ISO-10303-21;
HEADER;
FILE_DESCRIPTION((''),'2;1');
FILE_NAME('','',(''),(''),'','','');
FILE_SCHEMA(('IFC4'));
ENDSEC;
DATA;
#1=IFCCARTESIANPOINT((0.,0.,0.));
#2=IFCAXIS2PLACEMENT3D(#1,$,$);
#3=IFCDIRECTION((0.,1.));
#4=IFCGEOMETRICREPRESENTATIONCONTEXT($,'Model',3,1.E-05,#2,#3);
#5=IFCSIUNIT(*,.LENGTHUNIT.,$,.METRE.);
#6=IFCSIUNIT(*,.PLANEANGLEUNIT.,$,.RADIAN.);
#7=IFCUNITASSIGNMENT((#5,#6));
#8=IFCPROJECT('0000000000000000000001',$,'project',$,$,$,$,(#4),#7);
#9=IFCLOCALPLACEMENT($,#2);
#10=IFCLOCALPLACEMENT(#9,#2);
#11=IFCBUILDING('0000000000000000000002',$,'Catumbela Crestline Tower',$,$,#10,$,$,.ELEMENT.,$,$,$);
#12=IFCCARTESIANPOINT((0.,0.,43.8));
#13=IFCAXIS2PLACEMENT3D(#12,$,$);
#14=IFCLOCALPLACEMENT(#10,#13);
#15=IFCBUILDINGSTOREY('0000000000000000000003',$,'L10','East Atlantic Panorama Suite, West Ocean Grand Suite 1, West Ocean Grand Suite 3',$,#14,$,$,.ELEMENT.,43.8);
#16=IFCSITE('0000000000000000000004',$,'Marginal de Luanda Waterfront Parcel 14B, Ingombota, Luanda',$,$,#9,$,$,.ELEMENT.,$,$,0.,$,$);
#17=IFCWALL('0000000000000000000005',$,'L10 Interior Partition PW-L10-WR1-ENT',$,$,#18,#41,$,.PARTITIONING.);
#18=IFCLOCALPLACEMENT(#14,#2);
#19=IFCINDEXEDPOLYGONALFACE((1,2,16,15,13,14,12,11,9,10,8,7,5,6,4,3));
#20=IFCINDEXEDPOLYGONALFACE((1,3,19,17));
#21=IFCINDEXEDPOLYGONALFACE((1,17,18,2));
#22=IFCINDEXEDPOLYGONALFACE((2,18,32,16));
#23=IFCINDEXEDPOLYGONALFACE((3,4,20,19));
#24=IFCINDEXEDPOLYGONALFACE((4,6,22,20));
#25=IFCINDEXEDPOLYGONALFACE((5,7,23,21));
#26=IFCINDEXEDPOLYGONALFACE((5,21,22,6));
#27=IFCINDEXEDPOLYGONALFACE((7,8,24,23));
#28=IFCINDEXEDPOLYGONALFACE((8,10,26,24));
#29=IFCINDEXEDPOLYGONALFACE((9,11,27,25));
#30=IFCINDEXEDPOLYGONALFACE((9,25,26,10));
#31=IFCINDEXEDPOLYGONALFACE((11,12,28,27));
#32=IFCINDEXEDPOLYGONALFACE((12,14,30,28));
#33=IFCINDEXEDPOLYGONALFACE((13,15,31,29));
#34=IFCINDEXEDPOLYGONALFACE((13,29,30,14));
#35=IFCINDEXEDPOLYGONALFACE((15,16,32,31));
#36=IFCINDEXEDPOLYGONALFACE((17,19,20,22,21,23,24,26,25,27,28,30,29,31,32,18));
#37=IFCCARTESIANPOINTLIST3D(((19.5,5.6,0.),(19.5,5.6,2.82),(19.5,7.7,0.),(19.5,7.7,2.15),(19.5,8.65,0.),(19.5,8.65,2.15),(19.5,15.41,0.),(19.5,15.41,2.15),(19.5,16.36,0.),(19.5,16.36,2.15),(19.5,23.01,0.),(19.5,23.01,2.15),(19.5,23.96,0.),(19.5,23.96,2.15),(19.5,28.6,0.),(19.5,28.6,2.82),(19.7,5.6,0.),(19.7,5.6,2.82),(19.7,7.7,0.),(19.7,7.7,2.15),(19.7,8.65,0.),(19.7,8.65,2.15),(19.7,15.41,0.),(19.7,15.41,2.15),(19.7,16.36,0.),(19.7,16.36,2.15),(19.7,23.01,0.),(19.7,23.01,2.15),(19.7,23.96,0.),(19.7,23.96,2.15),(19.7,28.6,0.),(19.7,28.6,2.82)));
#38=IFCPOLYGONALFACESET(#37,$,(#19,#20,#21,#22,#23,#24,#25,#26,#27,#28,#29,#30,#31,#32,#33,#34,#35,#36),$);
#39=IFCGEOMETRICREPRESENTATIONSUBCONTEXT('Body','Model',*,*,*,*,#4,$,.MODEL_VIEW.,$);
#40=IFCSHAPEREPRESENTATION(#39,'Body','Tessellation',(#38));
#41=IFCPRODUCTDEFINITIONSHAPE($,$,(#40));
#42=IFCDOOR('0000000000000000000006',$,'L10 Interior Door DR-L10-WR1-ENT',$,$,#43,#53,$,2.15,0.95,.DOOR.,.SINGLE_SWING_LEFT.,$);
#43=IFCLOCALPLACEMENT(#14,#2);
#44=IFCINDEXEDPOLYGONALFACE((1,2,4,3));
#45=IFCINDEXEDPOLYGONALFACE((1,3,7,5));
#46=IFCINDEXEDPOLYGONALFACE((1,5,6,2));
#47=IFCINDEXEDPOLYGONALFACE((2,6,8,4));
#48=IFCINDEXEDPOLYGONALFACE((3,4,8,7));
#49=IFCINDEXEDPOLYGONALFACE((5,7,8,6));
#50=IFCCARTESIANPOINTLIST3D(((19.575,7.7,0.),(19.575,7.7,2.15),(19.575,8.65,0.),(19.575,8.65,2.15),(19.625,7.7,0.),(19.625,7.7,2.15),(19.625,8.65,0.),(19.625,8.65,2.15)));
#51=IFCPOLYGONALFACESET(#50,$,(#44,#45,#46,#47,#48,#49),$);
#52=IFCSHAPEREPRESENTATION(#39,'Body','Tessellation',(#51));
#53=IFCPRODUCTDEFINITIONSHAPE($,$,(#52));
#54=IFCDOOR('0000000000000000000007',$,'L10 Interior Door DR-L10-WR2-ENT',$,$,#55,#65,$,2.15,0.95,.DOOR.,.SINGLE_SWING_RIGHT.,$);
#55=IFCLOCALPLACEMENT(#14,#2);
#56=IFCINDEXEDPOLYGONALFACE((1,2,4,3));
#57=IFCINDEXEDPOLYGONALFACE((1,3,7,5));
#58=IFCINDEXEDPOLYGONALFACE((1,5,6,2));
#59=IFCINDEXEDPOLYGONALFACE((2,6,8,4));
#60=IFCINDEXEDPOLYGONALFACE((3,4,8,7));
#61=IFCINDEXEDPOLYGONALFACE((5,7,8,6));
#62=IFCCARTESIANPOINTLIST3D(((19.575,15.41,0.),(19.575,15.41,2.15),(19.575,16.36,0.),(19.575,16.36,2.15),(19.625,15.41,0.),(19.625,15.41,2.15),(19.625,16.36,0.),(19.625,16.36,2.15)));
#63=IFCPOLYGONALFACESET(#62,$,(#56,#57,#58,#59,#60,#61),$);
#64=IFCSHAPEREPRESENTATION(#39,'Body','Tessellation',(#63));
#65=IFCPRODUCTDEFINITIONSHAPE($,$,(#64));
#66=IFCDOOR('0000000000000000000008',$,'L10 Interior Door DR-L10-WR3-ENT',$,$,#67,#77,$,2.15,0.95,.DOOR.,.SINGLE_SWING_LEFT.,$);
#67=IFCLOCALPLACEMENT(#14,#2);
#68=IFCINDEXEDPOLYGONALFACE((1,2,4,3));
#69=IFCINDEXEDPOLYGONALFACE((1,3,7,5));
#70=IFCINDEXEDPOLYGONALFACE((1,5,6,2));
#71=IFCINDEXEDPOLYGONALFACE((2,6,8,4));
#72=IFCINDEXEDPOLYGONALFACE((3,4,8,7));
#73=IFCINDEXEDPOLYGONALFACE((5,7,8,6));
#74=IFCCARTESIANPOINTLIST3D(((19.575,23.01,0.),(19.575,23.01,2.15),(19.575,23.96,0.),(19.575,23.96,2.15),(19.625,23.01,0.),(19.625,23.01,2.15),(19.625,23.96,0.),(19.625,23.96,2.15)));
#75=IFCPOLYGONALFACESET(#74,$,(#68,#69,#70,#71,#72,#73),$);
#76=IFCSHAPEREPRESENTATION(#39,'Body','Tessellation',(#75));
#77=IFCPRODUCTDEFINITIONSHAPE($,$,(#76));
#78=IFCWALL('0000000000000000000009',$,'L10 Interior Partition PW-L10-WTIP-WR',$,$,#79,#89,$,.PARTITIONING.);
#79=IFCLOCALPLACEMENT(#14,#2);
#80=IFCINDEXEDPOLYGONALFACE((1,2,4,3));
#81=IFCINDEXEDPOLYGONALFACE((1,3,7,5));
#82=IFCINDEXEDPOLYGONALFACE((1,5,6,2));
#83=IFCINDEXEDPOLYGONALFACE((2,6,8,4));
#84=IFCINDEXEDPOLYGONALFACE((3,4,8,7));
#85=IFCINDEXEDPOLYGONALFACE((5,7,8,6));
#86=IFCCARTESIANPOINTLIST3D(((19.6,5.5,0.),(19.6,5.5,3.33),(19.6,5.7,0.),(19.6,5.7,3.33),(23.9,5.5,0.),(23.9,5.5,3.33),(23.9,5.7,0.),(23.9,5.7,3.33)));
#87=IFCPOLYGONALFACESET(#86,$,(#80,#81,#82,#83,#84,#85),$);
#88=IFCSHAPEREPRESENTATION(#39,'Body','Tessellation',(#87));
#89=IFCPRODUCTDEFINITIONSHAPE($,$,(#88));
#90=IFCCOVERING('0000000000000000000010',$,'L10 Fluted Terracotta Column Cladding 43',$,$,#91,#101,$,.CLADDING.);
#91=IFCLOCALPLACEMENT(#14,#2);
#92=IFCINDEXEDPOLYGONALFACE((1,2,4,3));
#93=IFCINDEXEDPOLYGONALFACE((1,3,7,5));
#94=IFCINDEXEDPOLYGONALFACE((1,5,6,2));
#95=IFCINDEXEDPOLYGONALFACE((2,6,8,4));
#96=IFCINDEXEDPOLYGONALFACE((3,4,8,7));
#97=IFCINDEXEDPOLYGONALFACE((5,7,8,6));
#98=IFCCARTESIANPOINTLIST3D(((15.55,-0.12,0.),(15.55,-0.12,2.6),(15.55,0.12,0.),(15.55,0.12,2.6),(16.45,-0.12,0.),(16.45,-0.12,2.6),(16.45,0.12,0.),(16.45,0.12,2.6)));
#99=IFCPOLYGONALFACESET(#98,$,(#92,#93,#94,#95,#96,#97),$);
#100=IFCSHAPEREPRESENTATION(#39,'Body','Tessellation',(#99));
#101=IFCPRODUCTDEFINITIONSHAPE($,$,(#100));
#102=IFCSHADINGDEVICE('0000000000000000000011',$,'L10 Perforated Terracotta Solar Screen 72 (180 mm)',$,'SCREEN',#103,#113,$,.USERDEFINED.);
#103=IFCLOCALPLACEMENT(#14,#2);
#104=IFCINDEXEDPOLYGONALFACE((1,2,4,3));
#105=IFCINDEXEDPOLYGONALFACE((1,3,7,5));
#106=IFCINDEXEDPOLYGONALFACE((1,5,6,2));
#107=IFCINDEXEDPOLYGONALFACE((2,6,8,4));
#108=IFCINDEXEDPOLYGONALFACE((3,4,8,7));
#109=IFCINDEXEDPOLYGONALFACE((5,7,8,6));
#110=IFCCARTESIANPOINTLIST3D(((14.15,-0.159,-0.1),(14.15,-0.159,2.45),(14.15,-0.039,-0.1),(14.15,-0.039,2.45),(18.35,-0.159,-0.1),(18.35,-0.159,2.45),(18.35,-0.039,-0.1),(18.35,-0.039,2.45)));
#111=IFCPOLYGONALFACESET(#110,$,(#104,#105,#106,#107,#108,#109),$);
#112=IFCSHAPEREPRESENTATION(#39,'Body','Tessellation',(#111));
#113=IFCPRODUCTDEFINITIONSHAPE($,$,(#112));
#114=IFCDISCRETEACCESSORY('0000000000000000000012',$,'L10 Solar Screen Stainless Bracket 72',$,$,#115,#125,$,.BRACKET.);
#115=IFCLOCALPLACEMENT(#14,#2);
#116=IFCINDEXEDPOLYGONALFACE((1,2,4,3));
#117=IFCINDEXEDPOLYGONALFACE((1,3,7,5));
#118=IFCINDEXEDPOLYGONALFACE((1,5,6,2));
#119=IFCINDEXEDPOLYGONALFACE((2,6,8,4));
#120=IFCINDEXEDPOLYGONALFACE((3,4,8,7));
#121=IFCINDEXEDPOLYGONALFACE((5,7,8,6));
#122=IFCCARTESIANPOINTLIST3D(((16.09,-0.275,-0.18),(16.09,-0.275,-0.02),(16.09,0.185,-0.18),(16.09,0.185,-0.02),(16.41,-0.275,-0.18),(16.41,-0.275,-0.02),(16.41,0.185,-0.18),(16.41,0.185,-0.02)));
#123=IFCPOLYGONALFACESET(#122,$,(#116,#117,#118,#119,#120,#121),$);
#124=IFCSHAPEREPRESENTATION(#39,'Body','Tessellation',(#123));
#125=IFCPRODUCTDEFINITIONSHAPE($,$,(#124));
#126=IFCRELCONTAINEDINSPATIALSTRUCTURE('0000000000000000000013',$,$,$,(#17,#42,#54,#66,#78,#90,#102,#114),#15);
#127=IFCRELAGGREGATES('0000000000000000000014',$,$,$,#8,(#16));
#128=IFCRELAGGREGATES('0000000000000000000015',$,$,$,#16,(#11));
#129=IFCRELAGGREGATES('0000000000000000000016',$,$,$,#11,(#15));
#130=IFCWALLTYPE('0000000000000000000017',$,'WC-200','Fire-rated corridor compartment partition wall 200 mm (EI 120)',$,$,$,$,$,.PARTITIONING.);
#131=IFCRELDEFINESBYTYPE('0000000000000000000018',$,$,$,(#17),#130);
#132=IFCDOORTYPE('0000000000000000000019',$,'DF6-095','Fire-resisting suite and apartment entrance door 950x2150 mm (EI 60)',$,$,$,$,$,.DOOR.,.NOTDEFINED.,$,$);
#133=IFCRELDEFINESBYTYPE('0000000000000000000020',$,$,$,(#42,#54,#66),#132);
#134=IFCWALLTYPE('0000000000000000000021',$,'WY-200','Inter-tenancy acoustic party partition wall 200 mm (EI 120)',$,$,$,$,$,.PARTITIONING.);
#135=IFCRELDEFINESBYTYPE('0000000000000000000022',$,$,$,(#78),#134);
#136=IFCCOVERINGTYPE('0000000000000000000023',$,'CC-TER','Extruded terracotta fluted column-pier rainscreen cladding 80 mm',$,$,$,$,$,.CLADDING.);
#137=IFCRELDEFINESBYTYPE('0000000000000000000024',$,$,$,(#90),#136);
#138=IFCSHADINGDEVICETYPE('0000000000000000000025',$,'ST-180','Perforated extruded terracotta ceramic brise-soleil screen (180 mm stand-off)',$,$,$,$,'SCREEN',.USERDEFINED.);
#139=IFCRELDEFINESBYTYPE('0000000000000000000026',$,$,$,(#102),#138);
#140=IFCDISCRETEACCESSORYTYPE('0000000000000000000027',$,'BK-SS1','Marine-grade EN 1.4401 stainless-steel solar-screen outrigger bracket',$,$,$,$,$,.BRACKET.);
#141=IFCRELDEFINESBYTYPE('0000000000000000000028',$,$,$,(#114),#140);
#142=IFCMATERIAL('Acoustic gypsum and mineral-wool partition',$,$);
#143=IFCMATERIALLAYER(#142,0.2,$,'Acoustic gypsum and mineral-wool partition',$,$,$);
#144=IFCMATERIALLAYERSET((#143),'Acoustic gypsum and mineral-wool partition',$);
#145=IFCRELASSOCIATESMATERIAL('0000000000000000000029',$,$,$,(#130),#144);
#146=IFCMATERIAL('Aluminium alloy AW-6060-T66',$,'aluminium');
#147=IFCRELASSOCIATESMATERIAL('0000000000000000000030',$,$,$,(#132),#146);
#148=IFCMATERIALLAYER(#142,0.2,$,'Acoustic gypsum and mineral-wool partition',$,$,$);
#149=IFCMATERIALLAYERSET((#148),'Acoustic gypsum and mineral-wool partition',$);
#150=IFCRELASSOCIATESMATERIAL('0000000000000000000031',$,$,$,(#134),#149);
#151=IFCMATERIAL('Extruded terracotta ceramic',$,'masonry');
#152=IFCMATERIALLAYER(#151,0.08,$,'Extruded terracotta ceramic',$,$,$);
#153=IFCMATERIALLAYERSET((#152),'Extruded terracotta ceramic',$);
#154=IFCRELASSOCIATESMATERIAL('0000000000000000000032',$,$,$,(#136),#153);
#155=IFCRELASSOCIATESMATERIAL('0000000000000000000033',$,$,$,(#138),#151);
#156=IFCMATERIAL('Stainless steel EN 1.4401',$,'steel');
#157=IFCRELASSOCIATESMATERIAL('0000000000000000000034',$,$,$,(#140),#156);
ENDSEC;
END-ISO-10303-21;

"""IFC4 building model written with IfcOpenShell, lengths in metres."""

from ifc_helpers import new_model, si_unit, direction, frame, frame_2d, origin, origin_2d, place, context, subcontext, project, spatial, rectangle, extrude, material, layer, layer_set, type_object, element, fill, save


model = new_model("IFC4")

# Units and contexts
model_context = context("Model", 3, precision=1e-05, world=origin(), true_north=direction((0.0, 1.0)))
body_context = subcontext(model_context, "Body", "Model", "MODEL_VIEW")
ifc_project = project(units=[si_unit("LENGTHUNIT", "METRE"), si_unit("PLANEANGLEUNIT", "RADIAN")], contexts=[model_context])

# Site, building, storey
site_placement = place(None, origin())
site = spatial("IfcSite", under=ifc_project, at=site_placement, Name="Marginal de Luanda Waterfront Parcel 14B, Ingombota, Luanda", CompositionType="ELEMENT", RefElevation=0.0)
building_placement = place(site_placement, origin())
building = spatial("IfcBuilding", under=site, at=building_placement, Name="Catumbela Crestline Tower", CompositionType="ELEMENT")
storey_placement = place(building_placement, frame((0.0, 0.0, 43.8)))
storey = spatial("IfcBuildingStorey", under=building, at=storey_placement, Name="L10", Description="East Atlantic Panorama Suite, West Ocean Grand Suite 1, West Ocean Grand Suite 3", CompositionType="ELEMENT", Elevation=43.8)

# Shared definitions
ifc_material_1 = material(Name="Aluminium alloy AW-6060-T66", Category="aluminium")

# Shared definitions
ifc_material_2 = material(Name="Acoustic gypsum and mineral-wool partition")
ifc_layer_1 = layer(ifc_material_2, 0.2, Name="Acoustic gypsum and mineral-wool partition")
ifc_layer_set_1 = layer_set([ifc_layer_1], Name="Acoustic gypsum and mineral-wool partition")
wall_type_1 = type_object("IfcWallType", Name="WC-200", Description="Fire-rated corridor compartment partition wall 200 mm (EI 120)", PredefinedType="PARTITIONING", material=ifc_layer_set_1)
door_type = type_object("IfcDoorType", Name="DF6-095", Description="Fire-resisting suite and apartment entrance door 950x2150 mm (EI 60)", OperationType="NOTDEFINED", PredefinedType="DOOR", material=ifc_material_1)

# Wall, openings, doors
wall_1_placement = place(storey_placement, frame((19.6, 5.6, 0.0), z_axis=(0.0, 0.0, 1.0), x_axis=(0.0, 1.0, 0.0)))
wall_1 = element("IfcWall", 1, at=wall_1_placement, inside=storey, type_object=wall_type_1, Name="L10 Interior Partition PW-L10-WR1-ENT", PredefinedType="PARTITIONING", context=body_context, shape_type="SweptSolid", body=[
    extrude(rectangle(XDim=23.0, YDim=0.2, at=frame_2d((11.5, 0.0))), origin(), (0.0, 0.0, 1.0), 2.82),
])
opening_1_placement = place(wall_1_placement, frame((2.1, 0.0, 0.0)))
opening_1 = element("IfcOpeningElement", 2, at=opening_1_placement, cuts=wall_1, PredefinedType="OPENING", context=body_context, shape_type="SweptSolid", body=[
    extrude(rectangle(XDim=0.95, YDim=2.15, at=frame_2d((0.475, 1.075))), frame((0.0, 0.11, 0.0), z_axis=(0.0, -1.0, 0.0), x_axis=(1.0, 0.0, 0.0)), (0.0, 0.0, 1.0), 0.22),
])
opening_2_placement = place(wall_1_placement, frame((9.81, 0.0, 0.0)))
opening_2 = element("IfcOpeningElement", 3, at=opening_2_placement, cuts=wall_1, PredefinedType="OPENING", context=body_context, shape_type="SweptSolid", body=[
    extrude(rectangle(XDim=0.95, YDim=2.15, at=frame_2d((0.475, 1.075))), frame((0.0, 0.11, 0.0), z_axis=(0.0, -1.0, 0.0), x_axis=(1.0, 0.0, 0.0)), (0.0, 0.0, 1.0), 0.22),
])
opening_3_placement = place(wall_1_placement, frame((17.41, 0.0, 0.0)))
opening_3 = element("IfcOpeningElement", 4, at=opening_3_placement, cuts=wall_1, PredefinedType="OPENING", context=body_context, shape_type="SweptSolid", body=[
    extrude(rectangle(XDim=0.95, YDim=2.15, at=frame_2d((0.475, 1.075))), frame((0.0, 0.11, 0.0), z_axis=(0.0, -1.0, 0.0), x_axis=(1.0, 0.0, 0.0)), (0.0, 0.0, 1.0), 0.22),
])
door_1_placement = place(opening_1_placement, origin())
door_1 = element("IfcDoor", 5, at=door_1_placement, inside=storey, type_object=door_type, Name="L10 Interior Door DR-L10-WR1-ENT", OperationType="SINGLE_SWING_LEFT", OverallHeight=2.15, OverallWidth=0.95, PredefinedType="DOOR", context=body_context, shape_type="SweptSolid", body=[
    extrude(rectangle(XDim=0.95, YDim=2.15, at=frame_2d((0.475, 1.075))), frame((0.0, 0.025, 0.0), z_axis=(0.0, -1.0, 0.0), x_axis=(1.0, 0.0, 0.0)), (0.0, 0.0, 1.0), 0.05),
])
fill(opening_1, door_1)
door_2_placement = place(opening_2_placement, origin())
door_2 = element("IfcDoor", 6, at=door_2_placement, inside=storey, type_object=door_type, Name="L10 Interior Door DR-L10-WR2-ENT", OperationType="SINGLE_SWING_RIGHT", OverallHeight=2.15, OverallWidth=0.95, PredefinedType="DOOR", context=body_context, shape_type="SweptSolid", body=[
    extrude(rectangle(XDim=0.95, YDim=2.15, at=frame_2d((0.475, 1.075))), frame((0.0, 0.025, 0.0), z_axis=(0.0, -1.0, 0.0), x_axis=(1.0, 0.0, 0.0)), (0.0, 0.0, 1.0), 0.05),
])
fill(opening_2, door_2)
door_3_placement = place(opening_3_placement, origin())
door_3 = element("IfcDoor", 7, at=door_3_placement, inside=storey, type_object=door_type, Name="L10 Interior Door DR-L10-WR3-ENT", OperationType="SINGLE_SWING_LEFT", OverallHeight=2.15, OverallWidth=0.95, PredefinedType="DOOR", context=body_context, shape_type="SweptSolid", body=[
    extrude(rectangle(XDim=0.95, YDim=2.15, at=frame_2d((0.475, 1.075))), frame((0.0, 0.025, 0.0), z_axis=(0.0, -1.0, 0.0), x_axis=(1.0, 0.0, 0.0)), (0.0, 0.0, 1.0), 0.05),
])
fill(opening_3, door_3)

# Wall
ifc_layer_2 = layer(ifc_material_2, 0.2, Name="Acoustic gypsum and mineral-wool partition")
ifc_layer_set_2 = layer_set([ifc_layer_2], Name="Acoustic gypsum and mineral-wool partition")
wall_type_2 = type_object("IfcWallType", Name="WY-200", Description="Inter-tenancy acoustic party partition wall 200 mm (EI 120)", PredefinedType="PARTITIONING", material=ifc_layer_set_2)
wall_2_placement = place(storey_placement, frame((19.6, 5.6, 0.0), z_axis=(0.0, 0.0, 1.0), x_axis=(1.0, 0.0, 0.0)))
element("IfcWall", 8, at=wall_2_placement, inside=storey, type_object=wall_type_2, Name="L10 Interior Partition PW-L10-WTIP-WR", PredefinedType="PARTITIONING", context=body_context, shape_type="SweptSolid", body=[
    extrude(rectangle(XDim=4.3, YDim=0.2, at=frame_2d((2.15, 0.0))), origin(), (0.0, 0.0, 1.0), 3.33),
])

# Covering
ifc_material_3 = material(Name="Extruded terracotta ceramic", Category="masonry")
ifc_layer_3 = layer(ifc_material_3, 0.08, Name="Extruded terracotta ceramic")
ifc_layer_set_3 = layer_set([ifc_layer_3], Name="Extruded terracotta ceramic")
covering_type = type_object("IfcCoveringType", Name="CC-TER", Description="Extruded terracotta fluted column-pier rainscreen cladding 80 mm", PredefinedType="CLADDING", material=ifc_layer_set_3)
covering_placement = place(storey_placement, frame((16.0, 0.0, 0.0), z_axis=(0.0, 0.0, 1.0), x_axis=(1.0, 0.0, 0.0)))
element("IfcCovering", 9, at=covering_placement, inside=storey, type_object=covering_type, Name="L10 Fluted Terracotta Column Cladding 43", PredefinedType="CLADDING", context=body_context, shape_type="SweptSolid", body=[
    extrude(rectangle(XDim=0.9, YDim=0.24, at=origin_2d()), origin(), (0.0, 0.0, 1.0), 2.6),
])

# Shading device
shading_device_type = type_object("IfcShadingDeviceType", Name="ST-180", Description="Perforated extruded terracotta ceramic brise-soleil screen (180 mm stand-off)", ElementType="SCREEN", PredefinedType="USERDEFINED", material=ifc_material_3)
shading_device_placement = place(storey_placement, frame((16.25, -0.099, -0.1), z_axis=(0.0, 0.0, 1.0), x_axis=(1.0, 0.0, 0.0)))
element("IfcShadingDevice", 10, at=shading_device_placement, inside=storey, type_object=shading_device_type, Name="L10 Perforated Terracotta Solar Screen 72 (180 mm)", ObjectType="SCREEN", PredefinedType="USERDEFINED", context=body_context, shape_type="SweptSolid", body=[
    extrude(rectangle(XDim=4.2, YDim=0.12, at=origin_2d()), origin(), (0.0, 0.0, 1.0), 2.55),
])

# Discrete accessory
ifc_material_4 = material(Name="Stainless steel EN 1.4401", Category="steel")
discrete_accessory_type = type_object("IfcDiscreteAccessoryType", Name="BK-SS1", Description="Marine-grade EN 1.4401 stainless-steel solar-screen outrigger bracket", PredefinedType="BRACKET", material=ifc_material_4)
discrete_accessory_placement = place(storey_placement, frame((16.25, -0.045, -0.18), z_axis=(0.0, 0.0, 1.0), x_axis=(1.0, 0.0, 0.0)))
element("IfcDiscreteAccessory", 11, at=discrete_accessory_placement, inside=storey, type_object=discrete_accessory_type, Name="L10 Solar Screen Stainless Bracket 72", PredefinedType="BRACKET", context=body_context, shape_type="SweptSolid", body=[
    extrude(rectangle(XDim=0.32, YDim=0.46, at=origin_2d()), origin(), (0.0, 0.0, 1.0), 0.16),
])

save(model, "model.ifc")
